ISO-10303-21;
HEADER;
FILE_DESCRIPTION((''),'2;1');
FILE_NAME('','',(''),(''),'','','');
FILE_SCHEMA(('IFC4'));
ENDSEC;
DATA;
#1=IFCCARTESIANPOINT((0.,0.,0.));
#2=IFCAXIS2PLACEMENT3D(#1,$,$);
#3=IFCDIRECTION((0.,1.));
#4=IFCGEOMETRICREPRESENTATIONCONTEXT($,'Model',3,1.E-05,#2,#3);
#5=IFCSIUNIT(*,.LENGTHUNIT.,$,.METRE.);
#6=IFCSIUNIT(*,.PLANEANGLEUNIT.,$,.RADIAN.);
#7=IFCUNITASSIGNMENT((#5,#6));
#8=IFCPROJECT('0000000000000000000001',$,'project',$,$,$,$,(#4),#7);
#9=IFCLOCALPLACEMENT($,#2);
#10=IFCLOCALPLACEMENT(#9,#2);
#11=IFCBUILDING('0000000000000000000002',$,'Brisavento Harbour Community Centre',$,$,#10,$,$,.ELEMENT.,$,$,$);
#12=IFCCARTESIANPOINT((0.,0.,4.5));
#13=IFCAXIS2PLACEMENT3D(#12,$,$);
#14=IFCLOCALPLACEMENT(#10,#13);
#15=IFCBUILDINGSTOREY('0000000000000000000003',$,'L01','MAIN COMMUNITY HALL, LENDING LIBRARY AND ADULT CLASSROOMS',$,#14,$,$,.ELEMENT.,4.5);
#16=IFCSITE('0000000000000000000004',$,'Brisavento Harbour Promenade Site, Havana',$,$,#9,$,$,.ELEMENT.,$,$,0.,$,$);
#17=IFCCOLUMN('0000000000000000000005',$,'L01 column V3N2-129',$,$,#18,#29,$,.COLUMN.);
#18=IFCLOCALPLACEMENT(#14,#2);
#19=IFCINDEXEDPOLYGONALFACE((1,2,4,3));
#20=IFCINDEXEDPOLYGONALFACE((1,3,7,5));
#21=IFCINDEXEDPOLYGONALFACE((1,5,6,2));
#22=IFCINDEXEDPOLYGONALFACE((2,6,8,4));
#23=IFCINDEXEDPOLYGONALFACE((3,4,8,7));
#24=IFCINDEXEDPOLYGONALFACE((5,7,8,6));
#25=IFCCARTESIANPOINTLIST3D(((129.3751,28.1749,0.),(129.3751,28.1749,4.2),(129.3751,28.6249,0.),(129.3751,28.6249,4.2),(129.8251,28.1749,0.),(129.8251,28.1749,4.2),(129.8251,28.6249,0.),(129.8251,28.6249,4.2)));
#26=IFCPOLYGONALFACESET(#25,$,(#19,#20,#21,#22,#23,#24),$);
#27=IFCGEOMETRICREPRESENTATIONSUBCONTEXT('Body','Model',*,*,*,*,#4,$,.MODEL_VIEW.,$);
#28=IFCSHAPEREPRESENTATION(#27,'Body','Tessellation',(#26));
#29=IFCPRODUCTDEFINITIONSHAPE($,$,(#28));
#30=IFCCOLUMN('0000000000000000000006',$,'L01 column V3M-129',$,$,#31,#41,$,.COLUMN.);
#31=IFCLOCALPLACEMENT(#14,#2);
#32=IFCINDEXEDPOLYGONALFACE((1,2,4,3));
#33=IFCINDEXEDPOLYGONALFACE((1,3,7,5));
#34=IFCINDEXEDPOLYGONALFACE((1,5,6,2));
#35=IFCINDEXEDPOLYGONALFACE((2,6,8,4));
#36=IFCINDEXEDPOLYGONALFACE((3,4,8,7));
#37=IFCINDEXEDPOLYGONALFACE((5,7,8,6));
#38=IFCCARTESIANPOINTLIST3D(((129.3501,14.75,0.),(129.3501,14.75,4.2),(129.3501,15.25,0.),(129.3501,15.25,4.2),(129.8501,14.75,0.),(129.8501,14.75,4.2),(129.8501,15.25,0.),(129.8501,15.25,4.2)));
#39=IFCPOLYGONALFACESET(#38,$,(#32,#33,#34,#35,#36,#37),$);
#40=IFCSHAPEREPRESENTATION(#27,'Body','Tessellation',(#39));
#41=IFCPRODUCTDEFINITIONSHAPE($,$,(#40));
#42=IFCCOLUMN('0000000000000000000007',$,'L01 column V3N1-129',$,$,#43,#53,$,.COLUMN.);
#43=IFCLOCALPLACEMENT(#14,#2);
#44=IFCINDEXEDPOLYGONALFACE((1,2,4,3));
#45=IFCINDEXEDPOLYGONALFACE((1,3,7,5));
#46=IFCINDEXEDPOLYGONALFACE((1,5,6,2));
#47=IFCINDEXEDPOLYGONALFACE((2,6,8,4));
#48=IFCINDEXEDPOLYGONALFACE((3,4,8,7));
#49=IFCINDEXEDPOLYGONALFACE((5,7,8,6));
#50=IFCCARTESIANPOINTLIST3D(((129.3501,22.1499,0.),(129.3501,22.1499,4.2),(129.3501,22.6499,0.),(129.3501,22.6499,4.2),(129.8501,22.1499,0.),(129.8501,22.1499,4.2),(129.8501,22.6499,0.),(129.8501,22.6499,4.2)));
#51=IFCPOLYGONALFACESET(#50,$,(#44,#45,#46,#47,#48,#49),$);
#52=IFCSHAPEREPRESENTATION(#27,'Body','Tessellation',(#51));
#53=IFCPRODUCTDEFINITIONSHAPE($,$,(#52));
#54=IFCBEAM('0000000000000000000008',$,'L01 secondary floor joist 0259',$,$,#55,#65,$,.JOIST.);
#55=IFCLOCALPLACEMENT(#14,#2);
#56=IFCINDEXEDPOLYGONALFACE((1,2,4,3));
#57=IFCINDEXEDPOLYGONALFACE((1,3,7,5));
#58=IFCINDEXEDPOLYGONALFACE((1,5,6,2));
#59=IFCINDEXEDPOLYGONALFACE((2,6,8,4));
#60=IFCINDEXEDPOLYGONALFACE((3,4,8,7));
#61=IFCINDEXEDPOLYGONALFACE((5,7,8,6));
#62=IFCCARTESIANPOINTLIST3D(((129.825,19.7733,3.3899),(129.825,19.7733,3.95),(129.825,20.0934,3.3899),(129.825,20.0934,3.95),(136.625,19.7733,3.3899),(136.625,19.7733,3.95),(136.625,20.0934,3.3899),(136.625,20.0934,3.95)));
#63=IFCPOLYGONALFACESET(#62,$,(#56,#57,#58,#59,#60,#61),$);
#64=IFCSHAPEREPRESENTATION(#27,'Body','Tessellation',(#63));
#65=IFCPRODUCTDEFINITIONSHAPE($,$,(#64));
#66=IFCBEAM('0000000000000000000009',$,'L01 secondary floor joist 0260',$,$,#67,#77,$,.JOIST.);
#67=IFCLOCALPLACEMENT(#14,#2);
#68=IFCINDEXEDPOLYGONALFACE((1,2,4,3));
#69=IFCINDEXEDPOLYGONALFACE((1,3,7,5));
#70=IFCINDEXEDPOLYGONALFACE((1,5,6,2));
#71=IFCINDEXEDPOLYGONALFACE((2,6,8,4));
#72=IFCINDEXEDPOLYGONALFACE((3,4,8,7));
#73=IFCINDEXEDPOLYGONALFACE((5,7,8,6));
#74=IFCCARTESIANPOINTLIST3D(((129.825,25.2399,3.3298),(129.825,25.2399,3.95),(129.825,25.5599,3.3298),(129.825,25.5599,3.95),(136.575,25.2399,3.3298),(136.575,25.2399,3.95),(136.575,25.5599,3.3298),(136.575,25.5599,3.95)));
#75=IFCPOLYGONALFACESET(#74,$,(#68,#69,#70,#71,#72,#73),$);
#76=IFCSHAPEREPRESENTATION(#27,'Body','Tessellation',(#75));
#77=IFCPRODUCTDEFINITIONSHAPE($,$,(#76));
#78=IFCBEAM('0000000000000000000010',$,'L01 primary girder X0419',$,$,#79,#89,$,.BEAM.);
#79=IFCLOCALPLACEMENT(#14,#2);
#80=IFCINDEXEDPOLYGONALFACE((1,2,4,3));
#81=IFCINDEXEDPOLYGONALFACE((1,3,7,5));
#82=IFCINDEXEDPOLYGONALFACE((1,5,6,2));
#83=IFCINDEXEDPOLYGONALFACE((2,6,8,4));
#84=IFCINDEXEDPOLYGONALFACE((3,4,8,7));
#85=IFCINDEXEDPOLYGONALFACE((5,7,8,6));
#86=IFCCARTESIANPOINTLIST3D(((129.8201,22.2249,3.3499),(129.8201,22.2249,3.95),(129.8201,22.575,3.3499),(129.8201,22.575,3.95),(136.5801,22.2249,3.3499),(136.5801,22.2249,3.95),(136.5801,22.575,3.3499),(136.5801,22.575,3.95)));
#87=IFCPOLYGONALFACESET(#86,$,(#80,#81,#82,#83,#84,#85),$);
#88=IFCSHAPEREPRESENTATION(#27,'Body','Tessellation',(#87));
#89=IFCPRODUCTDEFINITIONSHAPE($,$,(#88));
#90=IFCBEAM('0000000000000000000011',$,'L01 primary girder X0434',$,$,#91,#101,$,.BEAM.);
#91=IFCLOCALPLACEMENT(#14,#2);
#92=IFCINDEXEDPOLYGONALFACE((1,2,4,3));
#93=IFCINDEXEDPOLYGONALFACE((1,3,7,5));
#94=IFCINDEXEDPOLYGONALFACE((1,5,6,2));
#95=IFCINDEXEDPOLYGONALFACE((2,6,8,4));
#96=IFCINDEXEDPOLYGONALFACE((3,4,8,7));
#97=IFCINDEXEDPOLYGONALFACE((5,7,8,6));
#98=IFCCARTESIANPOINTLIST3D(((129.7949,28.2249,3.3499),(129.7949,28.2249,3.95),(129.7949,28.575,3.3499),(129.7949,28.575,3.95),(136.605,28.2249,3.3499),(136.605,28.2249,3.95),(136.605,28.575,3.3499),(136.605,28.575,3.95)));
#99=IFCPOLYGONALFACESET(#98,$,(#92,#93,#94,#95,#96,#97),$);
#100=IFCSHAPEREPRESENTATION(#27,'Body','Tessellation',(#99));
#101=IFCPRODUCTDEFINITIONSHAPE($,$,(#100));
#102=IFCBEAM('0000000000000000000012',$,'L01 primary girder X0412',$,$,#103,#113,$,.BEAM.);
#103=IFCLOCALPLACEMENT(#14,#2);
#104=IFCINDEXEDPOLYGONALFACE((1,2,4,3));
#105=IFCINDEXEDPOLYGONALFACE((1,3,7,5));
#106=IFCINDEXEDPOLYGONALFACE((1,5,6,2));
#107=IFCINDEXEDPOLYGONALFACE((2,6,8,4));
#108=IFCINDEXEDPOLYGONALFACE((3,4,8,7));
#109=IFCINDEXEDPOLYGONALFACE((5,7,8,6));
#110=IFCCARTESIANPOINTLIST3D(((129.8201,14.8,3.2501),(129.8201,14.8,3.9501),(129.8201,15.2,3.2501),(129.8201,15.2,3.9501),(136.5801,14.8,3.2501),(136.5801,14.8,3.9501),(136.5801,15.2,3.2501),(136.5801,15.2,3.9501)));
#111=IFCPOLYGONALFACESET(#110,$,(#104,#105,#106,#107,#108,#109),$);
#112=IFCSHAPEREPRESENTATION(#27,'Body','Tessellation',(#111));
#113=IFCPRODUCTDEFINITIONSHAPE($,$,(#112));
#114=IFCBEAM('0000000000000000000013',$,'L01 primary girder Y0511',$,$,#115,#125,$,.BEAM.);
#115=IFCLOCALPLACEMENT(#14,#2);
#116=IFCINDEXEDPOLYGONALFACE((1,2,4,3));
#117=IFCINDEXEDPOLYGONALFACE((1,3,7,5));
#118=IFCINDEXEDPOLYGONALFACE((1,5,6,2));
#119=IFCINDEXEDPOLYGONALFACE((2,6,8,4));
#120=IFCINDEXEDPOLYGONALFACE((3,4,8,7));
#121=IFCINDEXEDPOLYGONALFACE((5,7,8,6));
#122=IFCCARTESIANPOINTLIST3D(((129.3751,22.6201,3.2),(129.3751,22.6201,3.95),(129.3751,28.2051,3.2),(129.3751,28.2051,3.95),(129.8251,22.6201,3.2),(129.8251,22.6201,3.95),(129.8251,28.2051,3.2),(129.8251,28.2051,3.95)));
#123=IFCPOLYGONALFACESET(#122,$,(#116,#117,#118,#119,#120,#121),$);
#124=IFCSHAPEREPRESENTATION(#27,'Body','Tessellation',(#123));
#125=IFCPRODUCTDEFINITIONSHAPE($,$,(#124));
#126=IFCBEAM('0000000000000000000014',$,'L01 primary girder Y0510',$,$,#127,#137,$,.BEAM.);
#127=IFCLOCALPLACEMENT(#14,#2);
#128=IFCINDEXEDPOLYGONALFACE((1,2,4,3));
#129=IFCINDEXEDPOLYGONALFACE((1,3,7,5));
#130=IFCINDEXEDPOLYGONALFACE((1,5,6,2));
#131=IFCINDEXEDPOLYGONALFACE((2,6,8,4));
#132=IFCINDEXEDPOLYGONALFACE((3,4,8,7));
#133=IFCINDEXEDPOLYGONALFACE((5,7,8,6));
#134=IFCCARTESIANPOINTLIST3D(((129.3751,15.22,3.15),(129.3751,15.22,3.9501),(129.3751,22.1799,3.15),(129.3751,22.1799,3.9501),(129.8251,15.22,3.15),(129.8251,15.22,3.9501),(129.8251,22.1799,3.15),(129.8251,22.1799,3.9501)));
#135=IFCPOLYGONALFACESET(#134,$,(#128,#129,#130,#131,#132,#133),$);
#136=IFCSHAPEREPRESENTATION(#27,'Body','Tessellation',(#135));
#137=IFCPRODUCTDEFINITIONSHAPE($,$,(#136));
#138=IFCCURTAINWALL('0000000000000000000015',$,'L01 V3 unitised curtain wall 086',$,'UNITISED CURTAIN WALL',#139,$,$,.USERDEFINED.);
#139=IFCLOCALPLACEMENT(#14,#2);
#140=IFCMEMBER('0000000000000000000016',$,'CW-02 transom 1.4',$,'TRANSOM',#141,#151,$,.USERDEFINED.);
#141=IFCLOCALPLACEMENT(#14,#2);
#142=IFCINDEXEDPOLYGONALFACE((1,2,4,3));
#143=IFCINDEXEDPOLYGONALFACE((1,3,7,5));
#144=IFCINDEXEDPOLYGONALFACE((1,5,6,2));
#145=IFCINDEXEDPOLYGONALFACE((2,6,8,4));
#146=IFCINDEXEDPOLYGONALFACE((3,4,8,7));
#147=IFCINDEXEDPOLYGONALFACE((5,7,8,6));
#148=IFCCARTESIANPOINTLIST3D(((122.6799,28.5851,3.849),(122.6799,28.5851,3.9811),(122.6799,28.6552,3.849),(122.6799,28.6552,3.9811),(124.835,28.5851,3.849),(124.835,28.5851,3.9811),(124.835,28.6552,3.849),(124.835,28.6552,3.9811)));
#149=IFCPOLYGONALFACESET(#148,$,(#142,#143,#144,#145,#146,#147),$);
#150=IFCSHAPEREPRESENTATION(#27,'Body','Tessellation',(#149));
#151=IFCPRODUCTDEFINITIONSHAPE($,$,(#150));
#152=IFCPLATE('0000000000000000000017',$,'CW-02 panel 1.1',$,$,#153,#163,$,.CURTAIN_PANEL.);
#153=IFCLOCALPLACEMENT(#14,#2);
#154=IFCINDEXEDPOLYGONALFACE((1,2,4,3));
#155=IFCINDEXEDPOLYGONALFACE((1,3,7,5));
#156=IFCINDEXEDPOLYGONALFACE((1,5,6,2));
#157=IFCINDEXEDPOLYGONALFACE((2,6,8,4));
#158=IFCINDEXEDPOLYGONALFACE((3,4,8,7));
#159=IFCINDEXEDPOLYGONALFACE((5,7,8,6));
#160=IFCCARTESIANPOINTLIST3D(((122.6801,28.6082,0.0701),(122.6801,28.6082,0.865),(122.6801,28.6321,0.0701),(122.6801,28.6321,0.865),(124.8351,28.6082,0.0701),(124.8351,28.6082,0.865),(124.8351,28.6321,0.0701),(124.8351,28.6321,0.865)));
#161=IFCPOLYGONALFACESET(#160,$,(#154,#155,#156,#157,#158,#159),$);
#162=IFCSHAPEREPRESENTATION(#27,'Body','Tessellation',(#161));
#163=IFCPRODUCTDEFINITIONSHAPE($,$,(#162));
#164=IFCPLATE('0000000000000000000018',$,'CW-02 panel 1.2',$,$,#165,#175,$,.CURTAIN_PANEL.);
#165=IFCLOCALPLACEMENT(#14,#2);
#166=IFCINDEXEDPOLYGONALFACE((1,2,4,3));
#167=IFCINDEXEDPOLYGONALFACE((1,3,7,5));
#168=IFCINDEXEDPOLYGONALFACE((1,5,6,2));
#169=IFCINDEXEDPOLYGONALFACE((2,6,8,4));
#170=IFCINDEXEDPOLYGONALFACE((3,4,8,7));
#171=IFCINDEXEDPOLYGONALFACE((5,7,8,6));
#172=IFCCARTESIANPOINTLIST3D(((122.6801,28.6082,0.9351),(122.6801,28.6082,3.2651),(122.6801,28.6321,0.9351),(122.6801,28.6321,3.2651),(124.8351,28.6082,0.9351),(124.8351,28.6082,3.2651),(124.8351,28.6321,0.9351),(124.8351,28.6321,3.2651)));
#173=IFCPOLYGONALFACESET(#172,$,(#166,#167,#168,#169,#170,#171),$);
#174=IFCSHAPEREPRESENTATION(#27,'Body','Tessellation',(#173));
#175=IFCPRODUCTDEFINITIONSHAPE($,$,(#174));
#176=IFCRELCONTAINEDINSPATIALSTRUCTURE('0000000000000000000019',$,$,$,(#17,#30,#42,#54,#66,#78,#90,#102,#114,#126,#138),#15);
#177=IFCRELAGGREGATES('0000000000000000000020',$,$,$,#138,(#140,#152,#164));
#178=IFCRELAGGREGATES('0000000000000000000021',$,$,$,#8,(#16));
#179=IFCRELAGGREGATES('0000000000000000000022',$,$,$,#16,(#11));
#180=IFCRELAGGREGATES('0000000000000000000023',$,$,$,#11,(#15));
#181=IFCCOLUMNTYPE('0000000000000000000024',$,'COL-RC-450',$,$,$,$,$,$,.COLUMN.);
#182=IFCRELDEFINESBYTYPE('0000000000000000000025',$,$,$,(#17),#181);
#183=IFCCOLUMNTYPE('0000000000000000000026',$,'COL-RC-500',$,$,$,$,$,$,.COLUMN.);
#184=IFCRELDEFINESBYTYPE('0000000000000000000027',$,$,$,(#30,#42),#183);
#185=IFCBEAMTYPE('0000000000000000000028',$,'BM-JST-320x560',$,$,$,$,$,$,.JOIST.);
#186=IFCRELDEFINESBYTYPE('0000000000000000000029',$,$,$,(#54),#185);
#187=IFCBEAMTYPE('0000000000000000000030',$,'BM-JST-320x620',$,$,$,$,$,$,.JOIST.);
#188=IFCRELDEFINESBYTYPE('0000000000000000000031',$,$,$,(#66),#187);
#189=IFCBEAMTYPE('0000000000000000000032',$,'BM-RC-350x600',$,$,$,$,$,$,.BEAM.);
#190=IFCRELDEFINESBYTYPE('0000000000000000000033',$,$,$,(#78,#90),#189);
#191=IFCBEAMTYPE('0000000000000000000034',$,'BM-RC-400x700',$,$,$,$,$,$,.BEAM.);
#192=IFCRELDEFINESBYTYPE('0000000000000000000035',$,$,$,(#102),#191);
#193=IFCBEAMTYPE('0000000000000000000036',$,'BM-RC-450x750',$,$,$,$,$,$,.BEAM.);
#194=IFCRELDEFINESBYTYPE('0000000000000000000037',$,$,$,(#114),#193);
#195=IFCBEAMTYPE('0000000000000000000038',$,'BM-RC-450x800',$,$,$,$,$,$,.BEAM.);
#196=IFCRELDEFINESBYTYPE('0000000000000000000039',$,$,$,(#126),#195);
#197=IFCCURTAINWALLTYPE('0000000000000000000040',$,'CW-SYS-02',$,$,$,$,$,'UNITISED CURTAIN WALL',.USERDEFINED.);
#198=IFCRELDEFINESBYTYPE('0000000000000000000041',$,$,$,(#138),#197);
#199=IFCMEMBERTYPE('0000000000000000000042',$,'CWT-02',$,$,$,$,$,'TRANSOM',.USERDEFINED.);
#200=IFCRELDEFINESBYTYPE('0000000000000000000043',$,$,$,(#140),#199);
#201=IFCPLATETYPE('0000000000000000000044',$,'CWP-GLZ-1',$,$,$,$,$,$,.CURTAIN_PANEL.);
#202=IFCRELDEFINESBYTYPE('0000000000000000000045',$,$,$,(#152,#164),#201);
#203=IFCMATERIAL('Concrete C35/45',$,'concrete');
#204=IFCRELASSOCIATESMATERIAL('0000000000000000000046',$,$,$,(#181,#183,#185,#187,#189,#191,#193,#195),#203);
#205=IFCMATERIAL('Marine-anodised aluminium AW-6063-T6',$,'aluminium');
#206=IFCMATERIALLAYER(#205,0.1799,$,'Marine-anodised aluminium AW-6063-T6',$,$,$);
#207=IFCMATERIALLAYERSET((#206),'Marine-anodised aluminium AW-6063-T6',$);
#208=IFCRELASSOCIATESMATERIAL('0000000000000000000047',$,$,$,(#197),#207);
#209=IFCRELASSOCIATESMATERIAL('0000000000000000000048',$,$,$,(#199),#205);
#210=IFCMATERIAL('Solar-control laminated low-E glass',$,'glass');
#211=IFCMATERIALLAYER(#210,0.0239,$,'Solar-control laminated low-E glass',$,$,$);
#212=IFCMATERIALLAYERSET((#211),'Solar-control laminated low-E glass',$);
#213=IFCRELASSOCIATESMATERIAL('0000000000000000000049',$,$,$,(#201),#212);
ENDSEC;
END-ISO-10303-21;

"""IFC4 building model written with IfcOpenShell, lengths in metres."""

from ifc_helpers import new_model, si_unit, direction, frame, origin, origin_2d, place, context, subcontext, project, spatial, rectangle, extrude, material, layer, layer_set, material_profile, profile_set, type_object, element, aggregate, save


model = new_model("IFC4")

# Units and contexts
model_context = context("Model", 3, precision=1e-05, world=origin(), true_north=direction((0.0, 1.0)))
body_context = subcontext(model_context, "Body", "Model", "MODEL_VIEW")
ifc_project = project(units=[si_unit("LENGTHUNIT", "METRE"), si_unit("PLANEANGLEUNIT", "RADIAN")], contexts=[model_context])

# Site, building, storey
site_placement = place(None, origin())
site = spatial("IfcSite", under=ifc_project, at=site_placement, Name="Brisavento Harbour Promenade Site, Havana", CompositionType="ELEMENT", RefElevation=0.0)
building_placement = place(site_placement, origin())
building = spatial("IfcBuilding", under=site, at=building_placement, Name="Brisavento Harbour Community Centre", CompositionType="ELEMENT")
storey_placement = place(building_placement, frame((0.0, 0.0, 4.5)))
storey = spatial("IfcBuildingStorey", under=building, at=storey_placement, Name="L01", Description="MAIN COMMUNITY HALL, LENDING LIBRARY AND ADULT CLASSROOMS", CompositionType="ELEMENT", Elevation=4.5)

# Columns
ifc_material_1 = material(Name="Concrete C35/45", Category="concrete")
ifc_material_profile_1 = material_profile(ifc_material_1, rectangle(XDim=0.45, YDim=0.45, at=origin_2d()), Name="Concrete C35/45")
ifc_profile_set_1 = profile_set([ifc_material_profile_1], Name="Concrete C35/45")
column_type_1 = type_object("IfcColumnType", Name="COL-RC-450", PredefinedType="COLUMN", material=ifc_profile_set_1)
column_placement = place(storey_placement, frame((129.6001, 28.3999, 0.0), z_axis=(0.0, 0.0, 1.0), x_axis=(1.0, 0.0, 0.0)))
element("IfcColumn", 1, at=column_placement, inside=storey, type_object=column_type_1, Name="L01 column V3N2-129", PredefinedType="COLUMN", context=body_context, shape_type="SweptSolid", body=[
    extrude(rectangle(XDim=0.45, YDim=0.45, at=origin_2d()), origin(), (0.0, 0.0, 1.0), 4.2),
])
ifc_material_profile_2 = material_profile(ifc_material_1, rectangle(XDim=0.5, YDim=0.5, at=origin_2d()), Name="Concrete C35/45")
ifc_profile_set_2 = profile_set([ifc_material_profile_2], Name="Concrete C35/45")
column_type_2 = type_object("IfcColumnType", Name="COL-RC-500", PredefinedType="COLUMN", material=ifc_profile_set_2)
for number, where, z_axis, x_axis, name in (
    (2, (129.6001, 15.0, 0.0), (0.0, 0.0, 1.0), (1.0, 0.0, 0.0), "L01 column V3M-129"),
    (3, (129.6001, 22.3999, 0.0), (0.0, 0.0, 1.0), (1.0, 0.0, 0.0), "L01 column V3N1-129"),
):
    element("IfcColumn", number, at=place(storey_placement, frame(where, z_axis=z_axis, x_axis=x_axis)), inside=storey, type_object=column_type_2, Name=name, PredefinedType="COLUMN", context=body_context, shape_type="SweptSolid", body=[
        extrude(rectangle(XDim=0.5, YDim=0.5, at=origin_2d()), origin(), (0.0, 0.0, 1.0), 4.2),
    ])

# Beams
ifc_material_profile_3 = material_profile(ifc_material_1, rectangle(XDim=0.3201, YDim=0.5601, at=origin_2d()), Name="Concrete C35/45")
ifc_profile_set_3 = profile_set([ifc_material_profile_3], Name="Concrete C35/45")
beam_type_1 = type_object("IfcBeamType", Name="BM-JST-320x560", PredefinedType="JOIST", material=ifc_profile_set_3)
beam_1_placement = place(storey_placement, frame((129.825, 19.9333, 3.6699), z_axis=(1.0, 0.0, 0.0), x_axis=(0.0, 1.0, 0.0)))
element("IfcBeam", 4, at=beam_1_placement, inside=storey, type_object=beam_type_1, Name="L01 secondary floor joist 0259", PredefinedType="JOIST", context=body_context, shape_type="SweptSolid", body=[
    extrude(rectangle(XDim=0.3201, YDim=0.5601, at=origin_2d()), origin(), (0.0, 0.0, 1.0), 6.8),
])
ifc_material_profile_4 = material_profile(ifc_material_1, rectangle(XDim=0.3201, YDim=0.6201, at=origin_2d()), Name="Concrete C35/45")
ifc_profile_set_4 = profile_set([ifc_material_profile_4], Name="Concrete C35/45")
beam_type_2 = type_object("IfcBeamType", Name="BM-JST-320x620", PredefinedType="JOIST", material=ifc_profile_set_4)
beam_2_placement = place(storey_placement, frame((129.825, 25.3999, 3.6399), z_axis=(1.0, 0.0, 0.0), x_axis=(0.0, 1.0, 0.0)))
element("IfcBeam", 5, at=beam_2_placement, inside=storey, type_object=beam_type_2, Name="L01 secondary floor joist 0260", PredefinedType="JOIST", context=body_context, shape_type="SweptSolid", body=[
    extrude(rectangle(XDim=0.3201, YDim=0.6201, at=origin_2d()), origin(), (0.0, 0.0, 1.0), 6.75),
])
ifc_material_profile_5 = material_profile(ifc_material_1, rectangle(XDim=0.3501, YDim=0.6001, at=origin_2d()), Name="Concrete C35/45")
ifc_profile_set_5 = profile_set([ifc_material_profile_5], Name="Concrete C35/45")
beam_type_3 = type_object("IfcBeamType", Name="BM-RC-350x600", PredefinedType="BEAM", material=ifc_profile_set_5)
beam_3_placement = place(storey_placement, frame((129.8201, 22.3999, 3.6499), z_axis=(1.0, 0.0, 0.0), x_axis=(0.0, 1.0, 0.0)))
element("IfcBeam", 6, at=beam_3_placement, inside=storey, type_object=beam_type_3, Name="L01 primary girder X0419", PredefinedType="BEAM", context=body_context, shape_type="SweptSolid", body=[
    extrude(rectangle(XDim=0.3501, YDim=0.6001, at=origin_2d()), origin(), (0.0, 0.0, 1.0), 6.76),
])
beam_4_placement = place(storey_placement, frame((129.7949, 28.3999, 3.6499), z_axis=(1.0, 0.0, 0.0), x_axis=(0.0, 1.0, 0.0)))
element("IfcBeam", 7, at=beam_4_placement, inside=storey, type_object=beam_type_3, Name="L01 primary girder X0434", PredefinedType="BEAM", context=body_context, shape_type="SweptSolid", body=[
    extrude(rectangle(XDim=0.3501, YDim=0.6001, at=origin_2d()), origin(), (0.0, 0.0, 1.0), 6.8101),
])
ifc_material_profile_6 = material_profile(ifc_material_1, rectangle(XDim=0.3999, YDim=0.7, at=origin_2d()), Name="Concrete C35/45")
ifc_profile_set_6 = profile_set([ifc_material_profile_6], Name="Concrete C35/45")
beam_type_4 = type_object("IfcBeamType", Name="BM-RC-400x700", PredefinedType="BEAM", material=ifc_profile_set_6)
beam_5_placement = place(storey_placement, frame((129.8201, 15.0, 3.6001), z_axis=(1.0, 0.0, 0.0), x_axis=(0.0, 1.0, 0.0)))
element("IfcBeam", 8, at=beam_5_placement, inside=storey, type_object=beam_type_4, Name="L01 primary girder X0412", PredefinedType="BEAM", context=body_context, shape_type="SweptSolid", body=[
    extrude(rectangle(XDim=0.3999, YDim=0.7, at=origin_2d()), origin(), (0.0, 0.0, 1.0), 6.76),
])
ifc_material_profile_7 = material_profile(ifc_material_1, rectangle(XDim=0.45, YDim=0.75, at=origin_2d()), Name="Concrete C35/45")
ifc_profile_set_7 = profile_set([ifc_material_profile_7], Name="Concrete C35/45")
beam_type_5 = type_object("IfcBeamType", Name="BM-RC-450x750", PredefinedType="BEAM", material=ifc_profile_set_7)
beam_6_placement = place(storey_placement, frame((129.6001, 22.6201, 3.575), z_axis=(0.0, 1.0, 0.0), x_axis=(-1.0, 0.0, 0.0)))
element("IfcBeam", 9, at=beam_6_placement, inside=storey, type_object=beam_type_5, Name="L01 primary girder Y0511", PredefinedType="BEAM", context=body_context, shape_type="SweptSolid", body=[
    extrude(rectangle(XDim=0.45, YDim=0.75, at=origin_2d()), origin(), (0.0, 0.0, 1.0), 5.585),
])
ifc_material_profile_8 = material_profile(ifc_material_1, rectangle(XDim=0.45, YDim=0.8, at=origin_2d()), Name="Concrete C35/45")
ifc_profile_set_8 = profile_set([ifc_material_profile_8], Name="Concrete C35/45")
beam_type_6 = type_object("IfcBeamType", Name="BM-RC-450x800", PredefinedType="BEAM", material=ifc_profile_set_8)
beam_7_placement = place(storey_placement, frame((129.6001, 15.22, 3.55), z_axis=(0.0, 1.0, 0.0), x_axis=(-1.0, 0.0, 0.0)))
element("IfcBeam", 10, at=beam_7_placement, inside=storey, type_object=beam_type_6, Name="L01 primary girder Y0510", PredefinedType="BEAM", context=body_context, shape_type="SweptSolid", body=[
    extrude(rectangle(XDim=0.45, YDim=0.8, at=origin_2d()), origin(), (0.0, 0.0, 1.0), 6.96),
])

# Curtain wall, member, plates
ifc_material_2 = material(Name="Marine-anodised aluminium AW-6063-T6", Category="aluminium")
ifc_layer_1 = layer(ifc_material_2, 0.1799, Name="Marine-anodised aluminium AW-6063-T6")
ifc_layer_set_1 = layer_set([ifc_layer_1], Name="Marine-anodised aluminium AW-6063-T6")
curtain_wall_type = type_object("IfcCurtainWallType", Name="CW-SYS-02", ElementType="UNITISED CURTAIN WALL", PredefinedType="USERDEFINED", material=ifc_layer_set_1)
curtain_wall_placement = place(storey_placement, origin())
curtain_wall = element("IfcCurtainWall", 11, at=curtain_wall_placement, inside=storey, type_object=curtain_wall_type, Name="L01 V3 unitised curtain wall 086", ObjectType="UNITISED CURTAIN WALL", PredefinedType="USERDEFINED")
ifc_material_profile_9 = material_profile(ifc_material_2, rectangle(XDim=0.0701, YDim=0.1321, at=origin_2d()), Name="Marine-anodised aluminium AW-6063-T6")
ifc_profile_set_9 = profile_set([ifc_material_profile_9], Name="Marine-anodised aluminium AW-6063-T6")
member_type = type_object("IfcMemberType", Name="CWT-02", ElementType="TRANSOM", PredefinedType="USERDEFINED", material=ifc_profile_set_9)
member_placement = place(storey_placement, frame((122.6799, 28.6201, 3.915), z_axis=(1.0, 0.0, 0.0), x_axis=(0.0, 1.0, 0.0)))
member = element("IfcMember", 12, at=member_placement, type_object=member_type, Name="CW-02 transom 1.4", ObjectType="TRANSOM", PredefinedType="USERDEFINED", context=body_context, shape_type="SweptSolid", body=[
    extrude(rectangle(XDim=0.0701, YDim=0.1321, at=origin_2d()), origin(), (0.0, 0.0, 1.0), 2.155),
])
ifc_material_3 = material(Name="Solar-control laminated low-E glass", Category="glass")
ifc_layer_2 = layer(ifc_material_3, 0.0239, Name="Solar-control laminated low-E glass")
ifc_layer_set_2 = layer_set([ifc_layer_2], Name="Solar-control laminated low-E glass")
plate_type = type_object("IfcPlateType", Name="CWP-GLZ-1", PredefinedType="CURTAIN_PANEL", material=ifc_layer_set_2)
plate_1_placement = place(storey_placement, frame((123.7576, 28.6201, 0.0701), z_axis=(0.0, 0.0, 1.0), x_axis=(1.0, 0.0, 0.0)))
plate_1 = element("IfcPlate", 13, at=plate_1_placement, type_object=plate_type, Name="CW-02 panel 1.1", PredefinedType="CURTAIN_PANEL", context=body_context, shape_type="SweptSolid", body=[
    extrude(rectangle(XDim=2.155, YDim=0.0239, at=origin_2d()), origin(), (0.0, 0.0, 1.0), 0.7949),
])
plate_2_placement = place(storey_placement, frame((123.7576, 28.6201, 0.9351), z_axis=(0.0, 0.0, 1.0), x_axis=(1.0, 0.0, 0.0)))
plate_2 = element("IfcPlate", 14, at=plate_2_placement, type_object=plate_type, Name="CW-02 panel 1.2", PredefinedType="CURTAIN_PANEL", context=body_context, shape_type="SweptSolid", body=[
    extrude(rectangle(XDim=2.155, YDim=0.0239, at=origin_2d()), origin(), (0.0, 0.0, 1.0), 2.3301),
])
aggregate(curtain_wall, [member, plate_1, plate_2])

save(model, "model.ifc")
